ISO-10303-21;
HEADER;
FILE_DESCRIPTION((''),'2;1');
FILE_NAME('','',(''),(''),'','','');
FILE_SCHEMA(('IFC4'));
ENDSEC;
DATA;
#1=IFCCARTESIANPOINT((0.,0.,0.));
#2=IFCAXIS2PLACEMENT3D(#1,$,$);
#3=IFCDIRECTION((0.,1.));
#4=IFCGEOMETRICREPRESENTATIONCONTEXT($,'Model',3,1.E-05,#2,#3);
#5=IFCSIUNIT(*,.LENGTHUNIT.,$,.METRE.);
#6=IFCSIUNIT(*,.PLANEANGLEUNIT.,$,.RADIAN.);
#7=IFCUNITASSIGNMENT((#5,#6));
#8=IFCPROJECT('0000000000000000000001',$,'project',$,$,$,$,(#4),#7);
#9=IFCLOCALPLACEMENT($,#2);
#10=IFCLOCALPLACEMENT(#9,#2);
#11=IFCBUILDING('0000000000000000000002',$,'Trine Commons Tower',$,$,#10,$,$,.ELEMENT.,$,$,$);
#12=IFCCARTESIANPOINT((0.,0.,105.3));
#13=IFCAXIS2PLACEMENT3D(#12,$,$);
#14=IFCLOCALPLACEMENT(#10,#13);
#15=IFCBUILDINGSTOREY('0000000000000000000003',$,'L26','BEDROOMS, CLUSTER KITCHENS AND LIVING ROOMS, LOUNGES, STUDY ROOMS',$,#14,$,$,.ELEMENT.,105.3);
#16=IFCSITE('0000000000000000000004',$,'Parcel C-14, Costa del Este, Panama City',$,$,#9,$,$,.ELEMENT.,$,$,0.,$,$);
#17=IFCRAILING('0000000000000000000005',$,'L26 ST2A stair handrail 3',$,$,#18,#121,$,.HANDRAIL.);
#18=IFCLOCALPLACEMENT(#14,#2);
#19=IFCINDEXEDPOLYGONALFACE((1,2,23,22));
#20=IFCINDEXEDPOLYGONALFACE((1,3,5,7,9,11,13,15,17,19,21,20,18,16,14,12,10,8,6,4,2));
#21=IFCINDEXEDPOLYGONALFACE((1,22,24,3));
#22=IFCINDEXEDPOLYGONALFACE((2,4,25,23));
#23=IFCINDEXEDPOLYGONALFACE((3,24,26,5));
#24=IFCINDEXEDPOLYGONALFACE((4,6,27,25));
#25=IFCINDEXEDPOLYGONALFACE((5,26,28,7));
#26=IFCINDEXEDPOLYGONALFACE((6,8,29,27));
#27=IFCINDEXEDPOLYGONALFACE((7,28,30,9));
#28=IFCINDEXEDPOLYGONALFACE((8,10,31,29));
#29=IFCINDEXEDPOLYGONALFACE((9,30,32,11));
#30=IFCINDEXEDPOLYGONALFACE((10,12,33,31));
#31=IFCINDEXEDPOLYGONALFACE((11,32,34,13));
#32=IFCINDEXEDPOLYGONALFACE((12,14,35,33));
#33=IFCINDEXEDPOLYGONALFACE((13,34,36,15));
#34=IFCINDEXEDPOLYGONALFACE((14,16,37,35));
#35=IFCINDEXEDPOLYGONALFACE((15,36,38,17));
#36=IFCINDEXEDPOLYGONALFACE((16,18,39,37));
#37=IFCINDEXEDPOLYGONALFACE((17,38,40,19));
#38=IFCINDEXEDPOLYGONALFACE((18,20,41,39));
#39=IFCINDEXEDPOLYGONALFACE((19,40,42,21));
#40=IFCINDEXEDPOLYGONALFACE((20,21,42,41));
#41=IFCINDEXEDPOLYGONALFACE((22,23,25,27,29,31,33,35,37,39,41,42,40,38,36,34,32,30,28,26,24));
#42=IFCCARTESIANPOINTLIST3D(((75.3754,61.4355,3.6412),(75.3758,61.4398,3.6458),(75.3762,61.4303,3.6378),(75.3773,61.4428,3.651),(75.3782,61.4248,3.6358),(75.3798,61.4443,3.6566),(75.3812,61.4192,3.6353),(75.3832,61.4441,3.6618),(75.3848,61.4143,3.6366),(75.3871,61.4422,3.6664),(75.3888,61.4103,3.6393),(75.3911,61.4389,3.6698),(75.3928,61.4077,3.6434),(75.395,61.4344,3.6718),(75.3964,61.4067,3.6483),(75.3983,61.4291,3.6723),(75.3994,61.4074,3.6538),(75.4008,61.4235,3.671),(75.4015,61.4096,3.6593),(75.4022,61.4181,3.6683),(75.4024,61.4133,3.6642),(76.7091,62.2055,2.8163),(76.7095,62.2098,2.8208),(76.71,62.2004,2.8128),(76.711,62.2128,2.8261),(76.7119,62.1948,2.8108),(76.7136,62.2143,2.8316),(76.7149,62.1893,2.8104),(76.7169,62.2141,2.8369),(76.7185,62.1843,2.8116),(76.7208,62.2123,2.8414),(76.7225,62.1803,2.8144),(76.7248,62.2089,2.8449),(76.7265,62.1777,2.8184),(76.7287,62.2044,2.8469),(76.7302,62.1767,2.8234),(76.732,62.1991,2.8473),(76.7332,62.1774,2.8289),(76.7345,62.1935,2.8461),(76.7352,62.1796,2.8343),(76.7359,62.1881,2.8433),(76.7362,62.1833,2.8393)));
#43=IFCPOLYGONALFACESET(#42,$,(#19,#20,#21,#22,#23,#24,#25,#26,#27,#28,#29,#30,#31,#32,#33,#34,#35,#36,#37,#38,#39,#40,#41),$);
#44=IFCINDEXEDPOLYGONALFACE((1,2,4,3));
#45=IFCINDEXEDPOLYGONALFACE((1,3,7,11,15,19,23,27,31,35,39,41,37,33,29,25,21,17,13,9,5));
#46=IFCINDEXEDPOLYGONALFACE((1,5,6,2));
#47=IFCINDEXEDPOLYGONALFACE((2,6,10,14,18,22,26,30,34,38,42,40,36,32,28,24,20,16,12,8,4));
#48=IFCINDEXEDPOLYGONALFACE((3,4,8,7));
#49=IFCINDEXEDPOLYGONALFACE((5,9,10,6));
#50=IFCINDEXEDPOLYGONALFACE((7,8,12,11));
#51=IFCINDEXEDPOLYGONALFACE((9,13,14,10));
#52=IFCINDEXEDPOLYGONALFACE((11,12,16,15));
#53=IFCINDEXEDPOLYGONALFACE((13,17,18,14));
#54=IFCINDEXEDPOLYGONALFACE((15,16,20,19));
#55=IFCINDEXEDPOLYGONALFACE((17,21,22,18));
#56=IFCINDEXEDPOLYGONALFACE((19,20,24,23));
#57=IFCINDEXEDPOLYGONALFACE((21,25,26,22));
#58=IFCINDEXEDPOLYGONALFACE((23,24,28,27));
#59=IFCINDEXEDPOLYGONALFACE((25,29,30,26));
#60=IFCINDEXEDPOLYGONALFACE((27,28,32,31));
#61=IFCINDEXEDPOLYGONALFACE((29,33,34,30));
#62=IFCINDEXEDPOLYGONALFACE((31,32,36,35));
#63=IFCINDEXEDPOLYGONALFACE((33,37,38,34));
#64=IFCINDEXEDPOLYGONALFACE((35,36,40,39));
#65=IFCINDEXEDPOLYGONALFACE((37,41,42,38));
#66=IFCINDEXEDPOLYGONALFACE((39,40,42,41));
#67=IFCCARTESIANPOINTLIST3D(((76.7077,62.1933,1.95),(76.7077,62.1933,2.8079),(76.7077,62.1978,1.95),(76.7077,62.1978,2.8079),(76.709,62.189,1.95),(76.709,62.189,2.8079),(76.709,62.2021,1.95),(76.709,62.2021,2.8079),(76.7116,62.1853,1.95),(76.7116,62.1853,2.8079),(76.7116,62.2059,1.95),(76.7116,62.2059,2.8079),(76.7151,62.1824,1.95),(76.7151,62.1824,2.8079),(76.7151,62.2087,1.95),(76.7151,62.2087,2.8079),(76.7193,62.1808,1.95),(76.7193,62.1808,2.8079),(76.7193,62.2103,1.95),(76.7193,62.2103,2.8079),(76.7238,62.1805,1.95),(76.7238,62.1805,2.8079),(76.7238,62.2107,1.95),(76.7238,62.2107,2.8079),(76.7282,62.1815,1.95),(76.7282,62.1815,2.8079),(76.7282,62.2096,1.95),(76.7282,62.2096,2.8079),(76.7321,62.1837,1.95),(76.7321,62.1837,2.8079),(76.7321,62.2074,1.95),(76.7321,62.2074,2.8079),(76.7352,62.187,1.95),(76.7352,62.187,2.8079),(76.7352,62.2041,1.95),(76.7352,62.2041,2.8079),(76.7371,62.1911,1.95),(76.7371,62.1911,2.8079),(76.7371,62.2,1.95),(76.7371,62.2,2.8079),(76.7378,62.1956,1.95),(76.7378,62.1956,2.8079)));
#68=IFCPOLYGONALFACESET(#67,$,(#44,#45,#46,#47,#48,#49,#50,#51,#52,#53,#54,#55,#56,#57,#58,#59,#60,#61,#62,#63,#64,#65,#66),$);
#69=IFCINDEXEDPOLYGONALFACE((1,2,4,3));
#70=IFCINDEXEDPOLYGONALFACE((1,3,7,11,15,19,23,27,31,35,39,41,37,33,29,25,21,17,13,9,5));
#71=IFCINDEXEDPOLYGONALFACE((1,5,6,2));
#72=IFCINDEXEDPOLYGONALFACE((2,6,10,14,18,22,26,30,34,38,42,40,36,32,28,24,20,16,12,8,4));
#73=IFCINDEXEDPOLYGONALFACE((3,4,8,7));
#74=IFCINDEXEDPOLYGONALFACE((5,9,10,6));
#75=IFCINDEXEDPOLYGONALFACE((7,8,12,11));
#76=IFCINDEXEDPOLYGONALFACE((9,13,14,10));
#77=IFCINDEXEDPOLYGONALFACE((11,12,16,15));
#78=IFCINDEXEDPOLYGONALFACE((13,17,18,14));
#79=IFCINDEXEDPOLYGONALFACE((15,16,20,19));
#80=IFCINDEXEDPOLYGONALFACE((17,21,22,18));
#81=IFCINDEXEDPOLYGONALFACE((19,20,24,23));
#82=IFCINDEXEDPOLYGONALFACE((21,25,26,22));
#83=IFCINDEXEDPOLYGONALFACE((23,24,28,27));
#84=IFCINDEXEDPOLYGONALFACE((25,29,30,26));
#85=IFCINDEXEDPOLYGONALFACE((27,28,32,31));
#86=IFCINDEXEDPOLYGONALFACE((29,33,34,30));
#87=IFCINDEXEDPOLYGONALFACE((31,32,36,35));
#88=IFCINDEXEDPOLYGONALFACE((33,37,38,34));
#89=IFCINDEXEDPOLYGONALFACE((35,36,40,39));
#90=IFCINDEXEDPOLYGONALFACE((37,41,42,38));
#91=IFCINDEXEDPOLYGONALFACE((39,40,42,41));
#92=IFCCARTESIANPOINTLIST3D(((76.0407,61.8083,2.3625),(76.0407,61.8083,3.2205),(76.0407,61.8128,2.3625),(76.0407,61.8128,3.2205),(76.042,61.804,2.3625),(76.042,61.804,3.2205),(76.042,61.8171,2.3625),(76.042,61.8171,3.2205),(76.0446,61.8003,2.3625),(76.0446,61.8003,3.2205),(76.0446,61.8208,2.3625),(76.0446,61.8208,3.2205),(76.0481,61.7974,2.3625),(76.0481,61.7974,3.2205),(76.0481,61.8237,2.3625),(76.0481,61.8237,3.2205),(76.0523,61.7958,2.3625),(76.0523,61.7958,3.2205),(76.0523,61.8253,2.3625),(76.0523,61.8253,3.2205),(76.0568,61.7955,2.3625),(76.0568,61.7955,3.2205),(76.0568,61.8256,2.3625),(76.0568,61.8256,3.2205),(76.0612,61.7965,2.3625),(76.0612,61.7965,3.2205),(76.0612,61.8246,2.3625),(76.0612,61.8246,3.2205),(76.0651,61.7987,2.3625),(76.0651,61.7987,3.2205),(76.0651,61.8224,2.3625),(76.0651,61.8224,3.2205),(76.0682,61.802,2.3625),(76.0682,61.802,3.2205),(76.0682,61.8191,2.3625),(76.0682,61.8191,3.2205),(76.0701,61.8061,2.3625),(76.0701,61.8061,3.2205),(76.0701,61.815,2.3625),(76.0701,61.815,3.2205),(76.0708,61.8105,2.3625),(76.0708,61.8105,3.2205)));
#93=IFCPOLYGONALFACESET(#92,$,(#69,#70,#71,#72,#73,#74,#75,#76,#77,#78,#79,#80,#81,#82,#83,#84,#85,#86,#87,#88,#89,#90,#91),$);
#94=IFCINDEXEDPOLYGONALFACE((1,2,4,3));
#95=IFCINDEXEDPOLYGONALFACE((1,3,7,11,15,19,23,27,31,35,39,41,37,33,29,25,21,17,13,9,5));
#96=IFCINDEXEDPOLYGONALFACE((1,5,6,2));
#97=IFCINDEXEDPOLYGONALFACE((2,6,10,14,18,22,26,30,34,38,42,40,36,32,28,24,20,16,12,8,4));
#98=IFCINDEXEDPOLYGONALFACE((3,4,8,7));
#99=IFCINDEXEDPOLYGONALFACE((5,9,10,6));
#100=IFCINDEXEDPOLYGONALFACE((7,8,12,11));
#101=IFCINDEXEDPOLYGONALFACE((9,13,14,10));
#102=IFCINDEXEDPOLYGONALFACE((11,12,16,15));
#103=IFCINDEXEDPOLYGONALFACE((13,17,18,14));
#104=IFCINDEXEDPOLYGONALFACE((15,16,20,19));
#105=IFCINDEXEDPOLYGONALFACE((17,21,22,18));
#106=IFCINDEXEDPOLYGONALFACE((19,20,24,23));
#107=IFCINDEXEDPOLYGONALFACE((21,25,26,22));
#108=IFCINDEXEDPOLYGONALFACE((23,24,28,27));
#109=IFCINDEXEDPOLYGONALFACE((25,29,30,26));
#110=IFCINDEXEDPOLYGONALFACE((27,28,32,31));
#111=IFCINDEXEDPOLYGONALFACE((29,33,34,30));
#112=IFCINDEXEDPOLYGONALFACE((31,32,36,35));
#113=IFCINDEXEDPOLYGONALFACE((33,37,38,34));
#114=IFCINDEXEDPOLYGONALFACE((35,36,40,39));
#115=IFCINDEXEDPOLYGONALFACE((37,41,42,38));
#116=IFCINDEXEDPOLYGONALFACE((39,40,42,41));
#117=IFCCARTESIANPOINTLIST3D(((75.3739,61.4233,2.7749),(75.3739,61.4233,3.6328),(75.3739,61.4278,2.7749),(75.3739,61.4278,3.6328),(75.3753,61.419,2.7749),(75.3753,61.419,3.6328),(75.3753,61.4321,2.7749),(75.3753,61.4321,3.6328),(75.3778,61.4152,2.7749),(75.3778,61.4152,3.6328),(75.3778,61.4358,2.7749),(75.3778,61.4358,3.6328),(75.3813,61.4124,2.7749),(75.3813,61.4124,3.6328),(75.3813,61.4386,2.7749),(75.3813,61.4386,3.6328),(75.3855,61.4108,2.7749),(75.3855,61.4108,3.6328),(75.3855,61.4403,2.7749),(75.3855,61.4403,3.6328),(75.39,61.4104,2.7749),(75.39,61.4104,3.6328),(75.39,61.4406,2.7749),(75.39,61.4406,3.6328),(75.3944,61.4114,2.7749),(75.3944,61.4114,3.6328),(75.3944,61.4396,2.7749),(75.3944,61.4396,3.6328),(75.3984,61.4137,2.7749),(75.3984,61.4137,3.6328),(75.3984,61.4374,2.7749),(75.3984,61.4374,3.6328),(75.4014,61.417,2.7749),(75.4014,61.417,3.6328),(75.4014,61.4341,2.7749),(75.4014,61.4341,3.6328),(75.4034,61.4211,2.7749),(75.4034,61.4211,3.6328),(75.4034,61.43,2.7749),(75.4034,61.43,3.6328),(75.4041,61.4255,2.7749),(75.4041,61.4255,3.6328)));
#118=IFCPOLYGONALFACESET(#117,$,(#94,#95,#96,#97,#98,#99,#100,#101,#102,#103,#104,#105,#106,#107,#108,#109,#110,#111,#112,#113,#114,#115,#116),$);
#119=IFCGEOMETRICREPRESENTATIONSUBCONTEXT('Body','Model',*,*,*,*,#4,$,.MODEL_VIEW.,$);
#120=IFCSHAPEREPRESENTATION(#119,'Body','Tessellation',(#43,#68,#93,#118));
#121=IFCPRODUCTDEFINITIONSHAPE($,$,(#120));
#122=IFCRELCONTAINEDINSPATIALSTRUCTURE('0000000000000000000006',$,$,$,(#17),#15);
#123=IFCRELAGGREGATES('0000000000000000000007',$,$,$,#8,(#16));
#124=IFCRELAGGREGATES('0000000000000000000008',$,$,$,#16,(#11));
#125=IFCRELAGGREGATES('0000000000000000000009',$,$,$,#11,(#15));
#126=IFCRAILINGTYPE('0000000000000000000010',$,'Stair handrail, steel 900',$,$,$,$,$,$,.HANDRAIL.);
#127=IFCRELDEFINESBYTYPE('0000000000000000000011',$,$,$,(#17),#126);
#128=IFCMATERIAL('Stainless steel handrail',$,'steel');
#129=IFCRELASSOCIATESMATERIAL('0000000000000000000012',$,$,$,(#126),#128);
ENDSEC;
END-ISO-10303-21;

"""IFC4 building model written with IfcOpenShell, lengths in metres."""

from ifc_helpers import new_model, si_unit, direction, frame, origin, origin_2d, place, context, subcontext, project, spatial, circle, extrude, material, type_object, element, save


model = new_model("IFC4")

# Units and contexts
model_context = context("Model", 3, precision=1e-05, world=origin(), true_north=direction((0.0, 1.0)))
body_context = subcontext(model_context, "Body", "Model", "MODEL_VIEW")
ifc_project = project(units=[si_unit("LENGTHUNIT", "METRE"), si_unit("PLANEANGLEUNIT", "RADIAN")], contexts=[model_context])

# Site, building, storey
site_placement = place(None, origin())
site = spatial("IfcSite", under=ifc_project, at=site_placement, Name="Parcel C-14, Costa del Este, Panama City", CompositionType="ELEMENT", RefElevation=0.0)
building_placement = place(site_placement, origin())
building = spatial("IfcBuilding", under=site, at=building_placement, Name="Trine Commons Tower", CompositionType="ELEMENT")
storey_placement = place(building_placement, frame((0.0, 0.0, 105.3)))
storey = spatial("IfcBuildingStorey", under=building, at=storey_placement, Name="L26", Description="BEDROOMS, CLUSTER KITCHENS AND LIVING ROOMS, LOUNGES, STUDY ROOMS", CompositionType="ELEMENT", Elevation=105.3)

# Railing
ifc_material_1 = material(Name="Stainless steel handrail", Category="steel")
railing_type = type_object("IfcRailingType", Name="Stair handrail, steel 900", PredefinedType="HANDRAIL", material=ifc_material_1)
railing_1_placement = place(storey_placement, frame((76.7227, 62.1956, 1.95)))
element("IfcRailing", 1, at=railing_1_placement, inside=storey, type_object=railing_type, Name="L26 ST2A stair handrail 3", PredefinedType="HANDRAIL", context=body_context, shape_type="SweptSolid", body=[
    extrude(circle(Radius=0.021, at=origin_2d()), frame((0.0, 0.0, 0.8789), z_axis=(-0.763405, -0.440743, 0.472185), x_axis=(0.499992, -0.86603, 0.0)), (0.0, 0.0, 1.0), 1.7471),
    extrude(circle(Radius=0.0151, at=origin_2d()), origin(), (0.0, 0.0, 1.0), 0.8579),
    extrude(circle(Radius=0.0151, at=origin_2d()), frame((-0.667, -0.385, 0.4126)), (0.0, 0.0, 1.0), 0.8579),
    extrude(circle(Radius=0.0151, at=origin_2d()), frame((-1.3337, -0.77, 0.825)), (0.0, 0.0, 1.0), 0.8579),
])

save(model, "model.ifc")
